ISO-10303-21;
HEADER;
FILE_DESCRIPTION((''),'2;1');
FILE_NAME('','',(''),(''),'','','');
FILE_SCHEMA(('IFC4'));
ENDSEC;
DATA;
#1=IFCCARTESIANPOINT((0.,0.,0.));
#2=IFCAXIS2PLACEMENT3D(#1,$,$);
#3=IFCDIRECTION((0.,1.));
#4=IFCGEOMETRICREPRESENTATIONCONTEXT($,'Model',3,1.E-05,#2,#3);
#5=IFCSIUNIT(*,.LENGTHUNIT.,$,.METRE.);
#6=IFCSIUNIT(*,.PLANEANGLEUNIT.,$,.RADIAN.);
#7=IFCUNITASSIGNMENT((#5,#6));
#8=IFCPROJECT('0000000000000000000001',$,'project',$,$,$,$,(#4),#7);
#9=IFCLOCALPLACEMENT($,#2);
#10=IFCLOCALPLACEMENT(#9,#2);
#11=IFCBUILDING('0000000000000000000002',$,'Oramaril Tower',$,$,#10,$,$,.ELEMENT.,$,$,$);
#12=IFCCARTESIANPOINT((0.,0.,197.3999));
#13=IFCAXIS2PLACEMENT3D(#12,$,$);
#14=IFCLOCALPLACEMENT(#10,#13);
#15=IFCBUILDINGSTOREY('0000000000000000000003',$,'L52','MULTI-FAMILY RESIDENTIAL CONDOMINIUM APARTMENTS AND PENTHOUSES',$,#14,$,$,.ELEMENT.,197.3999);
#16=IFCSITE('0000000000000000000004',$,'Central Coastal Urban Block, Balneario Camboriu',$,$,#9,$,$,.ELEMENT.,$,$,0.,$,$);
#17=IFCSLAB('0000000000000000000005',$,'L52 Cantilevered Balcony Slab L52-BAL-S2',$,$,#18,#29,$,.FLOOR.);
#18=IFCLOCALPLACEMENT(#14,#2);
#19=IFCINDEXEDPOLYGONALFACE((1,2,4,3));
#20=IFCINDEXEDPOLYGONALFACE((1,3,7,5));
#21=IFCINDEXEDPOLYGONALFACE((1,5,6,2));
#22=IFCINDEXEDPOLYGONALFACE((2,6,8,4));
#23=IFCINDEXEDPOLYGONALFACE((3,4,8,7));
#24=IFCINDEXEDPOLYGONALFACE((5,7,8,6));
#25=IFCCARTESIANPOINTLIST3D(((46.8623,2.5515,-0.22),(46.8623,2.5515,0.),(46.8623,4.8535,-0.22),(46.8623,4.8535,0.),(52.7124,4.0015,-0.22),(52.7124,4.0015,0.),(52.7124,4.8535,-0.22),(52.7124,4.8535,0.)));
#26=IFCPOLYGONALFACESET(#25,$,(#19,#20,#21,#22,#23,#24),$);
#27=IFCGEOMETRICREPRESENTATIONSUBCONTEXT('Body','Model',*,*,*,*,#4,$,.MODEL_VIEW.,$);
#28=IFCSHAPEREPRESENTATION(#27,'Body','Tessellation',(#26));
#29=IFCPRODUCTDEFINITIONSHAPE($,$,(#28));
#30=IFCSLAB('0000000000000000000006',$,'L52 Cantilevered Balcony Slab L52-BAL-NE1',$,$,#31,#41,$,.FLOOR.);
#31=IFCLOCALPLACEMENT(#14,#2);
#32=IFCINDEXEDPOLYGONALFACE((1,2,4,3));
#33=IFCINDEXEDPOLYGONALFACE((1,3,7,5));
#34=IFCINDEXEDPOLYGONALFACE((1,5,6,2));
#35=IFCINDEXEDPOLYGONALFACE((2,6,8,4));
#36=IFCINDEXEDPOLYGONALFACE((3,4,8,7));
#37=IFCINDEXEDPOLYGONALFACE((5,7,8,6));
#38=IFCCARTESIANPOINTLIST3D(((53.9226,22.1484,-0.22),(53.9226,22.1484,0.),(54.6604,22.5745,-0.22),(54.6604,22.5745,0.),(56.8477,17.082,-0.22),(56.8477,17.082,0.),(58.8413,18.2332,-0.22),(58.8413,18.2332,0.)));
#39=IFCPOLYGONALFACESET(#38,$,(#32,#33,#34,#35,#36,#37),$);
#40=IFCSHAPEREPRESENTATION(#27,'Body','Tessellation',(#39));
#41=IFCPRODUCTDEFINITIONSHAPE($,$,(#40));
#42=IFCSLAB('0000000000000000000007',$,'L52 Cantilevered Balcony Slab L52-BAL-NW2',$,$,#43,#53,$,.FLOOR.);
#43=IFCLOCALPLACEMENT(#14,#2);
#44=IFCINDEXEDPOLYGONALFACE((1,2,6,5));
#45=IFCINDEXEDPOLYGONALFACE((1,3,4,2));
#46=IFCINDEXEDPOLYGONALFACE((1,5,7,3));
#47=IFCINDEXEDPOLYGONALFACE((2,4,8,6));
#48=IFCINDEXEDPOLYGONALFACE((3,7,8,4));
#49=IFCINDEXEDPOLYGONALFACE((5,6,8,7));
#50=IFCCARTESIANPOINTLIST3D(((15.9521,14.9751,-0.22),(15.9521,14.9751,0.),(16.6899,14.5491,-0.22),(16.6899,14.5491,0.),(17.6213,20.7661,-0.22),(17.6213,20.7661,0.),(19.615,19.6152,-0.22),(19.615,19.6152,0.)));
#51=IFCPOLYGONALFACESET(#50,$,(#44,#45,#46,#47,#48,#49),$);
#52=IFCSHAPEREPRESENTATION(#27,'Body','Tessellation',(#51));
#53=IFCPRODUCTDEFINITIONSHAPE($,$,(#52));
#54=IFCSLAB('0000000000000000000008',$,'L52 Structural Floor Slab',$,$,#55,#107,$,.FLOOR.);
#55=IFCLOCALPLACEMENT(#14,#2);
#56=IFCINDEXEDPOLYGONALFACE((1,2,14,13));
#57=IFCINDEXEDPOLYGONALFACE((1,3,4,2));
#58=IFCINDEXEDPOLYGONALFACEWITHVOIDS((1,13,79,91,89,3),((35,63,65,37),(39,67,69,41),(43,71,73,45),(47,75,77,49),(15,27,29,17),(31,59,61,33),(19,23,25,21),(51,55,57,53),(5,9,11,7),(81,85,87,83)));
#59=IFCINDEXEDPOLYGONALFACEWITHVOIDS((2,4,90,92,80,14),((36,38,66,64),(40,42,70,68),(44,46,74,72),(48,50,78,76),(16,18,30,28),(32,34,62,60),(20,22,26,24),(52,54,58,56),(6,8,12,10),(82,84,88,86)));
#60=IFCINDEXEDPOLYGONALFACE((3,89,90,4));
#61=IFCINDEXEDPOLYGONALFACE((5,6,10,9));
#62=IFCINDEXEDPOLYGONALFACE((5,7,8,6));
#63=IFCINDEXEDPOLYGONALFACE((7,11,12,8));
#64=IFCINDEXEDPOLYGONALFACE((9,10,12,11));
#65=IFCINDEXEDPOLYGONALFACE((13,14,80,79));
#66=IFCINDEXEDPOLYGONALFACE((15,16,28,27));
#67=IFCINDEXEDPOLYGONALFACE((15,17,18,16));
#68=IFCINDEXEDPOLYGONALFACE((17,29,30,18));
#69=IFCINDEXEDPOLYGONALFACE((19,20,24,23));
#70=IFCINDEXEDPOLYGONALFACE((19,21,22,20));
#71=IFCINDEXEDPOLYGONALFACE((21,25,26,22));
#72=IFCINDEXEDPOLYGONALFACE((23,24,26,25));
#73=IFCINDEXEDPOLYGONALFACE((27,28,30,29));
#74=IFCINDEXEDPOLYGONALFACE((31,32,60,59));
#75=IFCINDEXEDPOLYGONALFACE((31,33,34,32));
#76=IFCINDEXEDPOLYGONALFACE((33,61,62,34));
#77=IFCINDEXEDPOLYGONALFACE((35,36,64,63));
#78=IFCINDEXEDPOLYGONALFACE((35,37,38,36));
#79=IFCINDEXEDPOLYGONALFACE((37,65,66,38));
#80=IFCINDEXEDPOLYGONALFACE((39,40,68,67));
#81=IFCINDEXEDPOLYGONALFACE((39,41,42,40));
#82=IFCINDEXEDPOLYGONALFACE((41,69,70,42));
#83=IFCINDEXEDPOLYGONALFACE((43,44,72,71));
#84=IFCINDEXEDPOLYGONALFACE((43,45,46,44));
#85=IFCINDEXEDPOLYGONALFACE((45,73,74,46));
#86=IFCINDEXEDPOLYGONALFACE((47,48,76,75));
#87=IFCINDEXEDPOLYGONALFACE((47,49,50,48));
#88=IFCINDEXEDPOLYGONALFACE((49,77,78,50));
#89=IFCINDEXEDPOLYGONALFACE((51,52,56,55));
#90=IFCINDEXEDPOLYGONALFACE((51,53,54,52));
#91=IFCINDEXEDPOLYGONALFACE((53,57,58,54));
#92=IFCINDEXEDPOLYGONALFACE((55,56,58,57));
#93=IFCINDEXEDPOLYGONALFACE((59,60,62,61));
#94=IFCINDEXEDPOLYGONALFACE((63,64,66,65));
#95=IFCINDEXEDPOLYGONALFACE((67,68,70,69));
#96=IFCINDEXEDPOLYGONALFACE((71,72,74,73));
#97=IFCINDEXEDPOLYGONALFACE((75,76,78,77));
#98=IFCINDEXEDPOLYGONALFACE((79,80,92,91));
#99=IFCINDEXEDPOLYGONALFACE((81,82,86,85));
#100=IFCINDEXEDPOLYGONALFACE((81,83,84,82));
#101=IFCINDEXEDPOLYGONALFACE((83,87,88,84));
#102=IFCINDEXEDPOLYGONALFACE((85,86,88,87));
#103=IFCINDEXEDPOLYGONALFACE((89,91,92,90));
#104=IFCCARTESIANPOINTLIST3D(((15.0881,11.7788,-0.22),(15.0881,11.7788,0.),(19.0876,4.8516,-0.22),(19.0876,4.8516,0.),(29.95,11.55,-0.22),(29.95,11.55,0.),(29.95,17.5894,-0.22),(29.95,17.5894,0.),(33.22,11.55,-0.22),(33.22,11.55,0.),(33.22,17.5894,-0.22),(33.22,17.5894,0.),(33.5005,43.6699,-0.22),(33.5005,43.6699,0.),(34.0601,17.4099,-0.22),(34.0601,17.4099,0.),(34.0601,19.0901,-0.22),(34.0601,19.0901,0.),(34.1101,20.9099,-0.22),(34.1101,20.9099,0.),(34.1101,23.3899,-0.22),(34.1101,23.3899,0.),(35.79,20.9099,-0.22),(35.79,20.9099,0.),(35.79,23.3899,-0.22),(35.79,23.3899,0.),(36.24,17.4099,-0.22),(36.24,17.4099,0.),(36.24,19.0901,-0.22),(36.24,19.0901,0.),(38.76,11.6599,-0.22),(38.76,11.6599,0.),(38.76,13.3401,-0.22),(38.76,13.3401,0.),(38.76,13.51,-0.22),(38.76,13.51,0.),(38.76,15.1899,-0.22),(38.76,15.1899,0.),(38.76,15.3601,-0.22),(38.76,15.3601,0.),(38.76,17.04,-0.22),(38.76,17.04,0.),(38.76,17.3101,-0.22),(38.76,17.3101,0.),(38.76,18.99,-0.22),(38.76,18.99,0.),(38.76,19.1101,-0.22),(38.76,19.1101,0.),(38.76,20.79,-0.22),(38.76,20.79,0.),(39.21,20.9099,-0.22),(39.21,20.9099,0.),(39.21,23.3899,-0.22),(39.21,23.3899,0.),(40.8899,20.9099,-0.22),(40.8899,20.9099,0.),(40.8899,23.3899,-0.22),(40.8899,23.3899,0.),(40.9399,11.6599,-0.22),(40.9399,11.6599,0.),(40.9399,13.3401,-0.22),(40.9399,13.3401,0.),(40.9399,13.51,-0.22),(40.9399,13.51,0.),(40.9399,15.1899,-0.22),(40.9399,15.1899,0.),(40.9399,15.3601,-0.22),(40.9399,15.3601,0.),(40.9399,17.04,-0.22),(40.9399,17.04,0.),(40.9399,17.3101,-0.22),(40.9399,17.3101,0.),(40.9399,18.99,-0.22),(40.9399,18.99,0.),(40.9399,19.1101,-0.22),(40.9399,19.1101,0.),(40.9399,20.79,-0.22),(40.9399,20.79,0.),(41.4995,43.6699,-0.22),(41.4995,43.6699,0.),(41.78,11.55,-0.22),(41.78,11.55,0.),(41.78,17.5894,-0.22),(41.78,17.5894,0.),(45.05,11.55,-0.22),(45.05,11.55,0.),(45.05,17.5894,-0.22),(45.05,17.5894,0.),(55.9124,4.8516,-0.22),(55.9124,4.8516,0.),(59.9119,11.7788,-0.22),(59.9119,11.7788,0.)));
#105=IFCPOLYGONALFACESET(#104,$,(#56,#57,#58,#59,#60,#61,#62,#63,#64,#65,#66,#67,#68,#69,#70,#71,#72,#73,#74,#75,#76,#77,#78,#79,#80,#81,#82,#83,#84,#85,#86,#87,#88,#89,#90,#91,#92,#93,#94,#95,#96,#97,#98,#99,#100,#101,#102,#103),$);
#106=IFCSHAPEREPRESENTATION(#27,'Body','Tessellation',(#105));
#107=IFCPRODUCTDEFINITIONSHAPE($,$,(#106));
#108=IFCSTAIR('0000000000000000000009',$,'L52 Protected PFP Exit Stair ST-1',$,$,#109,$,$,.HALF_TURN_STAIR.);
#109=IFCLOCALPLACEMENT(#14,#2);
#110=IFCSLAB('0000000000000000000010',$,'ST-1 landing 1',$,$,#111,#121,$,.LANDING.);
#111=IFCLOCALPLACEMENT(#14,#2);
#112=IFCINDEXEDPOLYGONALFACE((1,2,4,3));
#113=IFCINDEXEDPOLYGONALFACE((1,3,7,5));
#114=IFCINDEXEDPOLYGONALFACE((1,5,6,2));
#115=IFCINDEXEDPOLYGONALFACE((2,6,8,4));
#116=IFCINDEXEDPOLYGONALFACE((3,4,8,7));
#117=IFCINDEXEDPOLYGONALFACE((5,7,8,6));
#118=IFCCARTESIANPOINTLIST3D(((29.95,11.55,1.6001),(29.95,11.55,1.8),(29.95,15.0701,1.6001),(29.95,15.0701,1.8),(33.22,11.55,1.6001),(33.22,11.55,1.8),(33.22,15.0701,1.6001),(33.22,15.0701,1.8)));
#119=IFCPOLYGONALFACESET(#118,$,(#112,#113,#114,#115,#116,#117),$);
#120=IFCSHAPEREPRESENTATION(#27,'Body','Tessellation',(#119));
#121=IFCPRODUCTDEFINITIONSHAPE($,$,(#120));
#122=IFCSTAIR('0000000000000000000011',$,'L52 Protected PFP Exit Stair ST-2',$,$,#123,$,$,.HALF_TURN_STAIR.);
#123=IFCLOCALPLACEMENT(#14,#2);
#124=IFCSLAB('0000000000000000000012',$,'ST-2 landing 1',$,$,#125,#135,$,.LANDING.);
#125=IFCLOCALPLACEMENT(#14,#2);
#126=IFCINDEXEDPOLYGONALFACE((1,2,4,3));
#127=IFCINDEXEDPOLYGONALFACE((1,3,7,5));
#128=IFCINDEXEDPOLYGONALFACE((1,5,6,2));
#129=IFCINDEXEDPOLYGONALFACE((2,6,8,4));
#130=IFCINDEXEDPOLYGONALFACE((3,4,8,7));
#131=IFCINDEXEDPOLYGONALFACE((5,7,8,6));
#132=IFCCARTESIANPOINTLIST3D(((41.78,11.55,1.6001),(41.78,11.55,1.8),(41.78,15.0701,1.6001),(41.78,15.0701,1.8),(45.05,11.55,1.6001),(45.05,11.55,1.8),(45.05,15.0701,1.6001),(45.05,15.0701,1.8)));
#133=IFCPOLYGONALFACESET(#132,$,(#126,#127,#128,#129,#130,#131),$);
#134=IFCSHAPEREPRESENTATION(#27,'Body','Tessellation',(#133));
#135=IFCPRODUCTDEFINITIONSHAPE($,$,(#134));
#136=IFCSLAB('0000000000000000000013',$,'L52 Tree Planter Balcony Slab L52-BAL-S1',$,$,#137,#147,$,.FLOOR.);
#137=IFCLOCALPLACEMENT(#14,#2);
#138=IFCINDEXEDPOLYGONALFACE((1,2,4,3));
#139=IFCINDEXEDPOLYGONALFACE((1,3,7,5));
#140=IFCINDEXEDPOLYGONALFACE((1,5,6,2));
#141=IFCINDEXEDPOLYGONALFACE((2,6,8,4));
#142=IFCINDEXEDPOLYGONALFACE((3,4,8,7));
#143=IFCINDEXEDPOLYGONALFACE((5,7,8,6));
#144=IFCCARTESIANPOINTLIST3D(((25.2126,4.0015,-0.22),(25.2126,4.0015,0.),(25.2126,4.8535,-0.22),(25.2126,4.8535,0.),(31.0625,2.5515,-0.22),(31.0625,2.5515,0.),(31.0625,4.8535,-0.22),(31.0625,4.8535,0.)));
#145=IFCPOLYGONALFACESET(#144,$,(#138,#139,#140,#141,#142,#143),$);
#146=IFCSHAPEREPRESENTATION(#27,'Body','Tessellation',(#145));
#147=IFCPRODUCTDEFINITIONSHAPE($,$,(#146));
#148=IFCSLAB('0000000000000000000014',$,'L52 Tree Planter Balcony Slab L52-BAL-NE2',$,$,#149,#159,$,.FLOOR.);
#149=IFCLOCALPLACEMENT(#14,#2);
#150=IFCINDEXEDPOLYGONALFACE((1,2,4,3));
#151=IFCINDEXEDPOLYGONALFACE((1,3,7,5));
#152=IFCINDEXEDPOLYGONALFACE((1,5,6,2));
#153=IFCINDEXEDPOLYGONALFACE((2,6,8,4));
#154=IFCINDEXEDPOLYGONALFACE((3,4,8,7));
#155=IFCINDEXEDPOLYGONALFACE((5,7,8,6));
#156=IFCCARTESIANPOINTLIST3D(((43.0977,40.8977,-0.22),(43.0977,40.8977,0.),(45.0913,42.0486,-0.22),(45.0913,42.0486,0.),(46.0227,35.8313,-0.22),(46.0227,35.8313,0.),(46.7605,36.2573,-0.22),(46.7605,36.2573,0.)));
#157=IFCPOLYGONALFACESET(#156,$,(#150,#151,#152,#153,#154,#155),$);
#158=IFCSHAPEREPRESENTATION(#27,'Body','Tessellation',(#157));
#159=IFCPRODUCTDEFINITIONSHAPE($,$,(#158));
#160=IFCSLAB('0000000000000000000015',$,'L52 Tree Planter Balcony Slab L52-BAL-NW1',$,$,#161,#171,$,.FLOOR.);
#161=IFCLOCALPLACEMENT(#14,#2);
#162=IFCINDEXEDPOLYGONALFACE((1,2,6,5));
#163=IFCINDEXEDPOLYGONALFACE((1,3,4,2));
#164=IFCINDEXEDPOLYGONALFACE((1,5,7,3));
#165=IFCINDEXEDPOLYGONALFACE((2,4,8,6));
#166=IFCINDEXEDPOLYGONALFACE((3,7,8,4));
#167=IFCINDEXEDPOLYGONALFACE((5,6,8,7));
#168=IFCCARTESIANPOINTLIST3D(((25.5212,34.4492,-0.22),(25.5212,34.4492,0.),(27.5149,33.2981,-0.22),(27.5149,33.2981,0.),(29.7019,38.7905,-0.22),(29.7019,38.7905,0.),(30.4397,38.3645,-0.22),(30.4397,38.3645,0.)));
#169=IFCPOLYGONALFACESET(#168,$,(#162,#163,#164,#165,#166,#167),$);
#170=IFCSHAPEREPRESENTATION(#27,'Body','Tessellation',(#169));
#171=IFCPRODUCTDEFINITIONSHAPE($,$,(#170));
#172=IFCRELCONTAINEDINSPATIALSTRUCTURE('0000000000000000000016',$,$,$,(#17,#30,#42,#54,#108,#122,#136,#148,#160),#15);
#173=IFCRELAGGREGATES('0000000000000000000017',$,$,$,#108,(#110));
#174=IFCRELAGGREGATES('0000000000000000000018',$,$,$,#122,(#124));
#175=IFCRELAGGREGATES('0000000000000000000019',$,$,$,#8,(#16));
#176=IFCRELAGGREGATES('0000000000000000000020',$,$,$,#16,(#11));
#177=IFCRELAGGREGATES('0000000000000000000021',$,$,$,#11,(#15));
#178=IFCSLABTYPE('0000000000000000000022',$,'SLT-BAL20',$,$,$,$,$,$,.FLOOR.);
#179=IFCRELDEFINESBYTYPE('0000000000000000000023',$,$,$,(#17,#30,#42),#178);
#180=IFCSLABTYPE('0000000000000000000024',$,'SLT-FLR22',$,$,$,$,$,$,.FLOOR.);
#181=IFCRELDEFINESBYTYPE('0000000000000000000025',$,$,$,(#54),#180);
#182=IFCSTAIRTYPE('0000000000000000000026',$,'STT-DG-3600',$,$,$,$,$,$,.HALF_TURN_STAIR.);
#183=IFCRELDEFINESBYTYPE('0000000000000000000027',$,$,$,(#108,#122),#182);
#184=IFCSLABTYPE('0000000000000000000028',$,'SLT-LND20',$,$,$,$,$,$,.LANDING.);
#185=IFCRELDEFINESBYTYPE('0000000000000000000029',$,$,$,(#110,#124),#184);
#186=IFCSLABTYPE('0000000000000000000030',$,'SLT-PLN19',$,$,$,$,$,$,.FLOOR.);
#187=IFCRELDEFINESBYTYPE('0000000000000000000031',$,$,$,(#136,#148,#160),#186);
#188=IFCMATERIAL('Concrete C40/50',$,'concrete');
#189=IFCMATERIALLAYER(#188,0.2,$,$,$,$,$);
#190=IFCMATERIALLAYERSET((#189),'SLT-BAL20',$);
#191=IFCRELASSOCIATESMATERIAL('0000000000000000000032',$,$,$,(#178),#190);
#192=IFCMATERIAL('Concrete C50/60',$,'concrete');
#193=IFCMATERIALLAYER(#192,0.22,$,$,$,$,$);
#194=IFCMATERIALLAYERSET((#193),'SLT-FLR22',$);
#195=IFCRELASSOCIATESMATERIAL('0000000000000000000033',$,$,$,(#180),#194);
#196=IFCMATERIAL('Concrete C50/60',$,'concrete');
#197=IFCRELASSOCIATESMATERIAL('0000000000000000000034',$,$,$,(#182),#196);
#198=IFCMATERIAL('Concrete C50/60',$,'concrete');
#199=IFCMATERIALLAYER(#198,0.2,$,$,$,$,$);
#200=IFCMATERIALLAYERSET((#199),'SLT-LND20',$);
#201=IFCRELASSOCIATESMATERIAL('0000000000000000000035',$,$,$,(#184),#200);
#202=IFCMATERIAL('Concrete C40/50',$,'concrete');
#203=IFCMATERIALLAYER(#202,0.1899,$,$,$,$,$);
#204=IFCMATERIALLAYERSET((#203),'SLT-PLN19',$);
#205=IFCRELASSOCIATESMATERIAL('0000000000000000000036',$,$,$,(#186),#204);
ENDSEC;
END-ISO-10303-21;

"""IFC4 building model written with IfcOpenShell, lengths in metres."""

from ifc_helpers import new_model, si_unit, direction, frame, origin, place, context, subcontext, project, spatial, polyline, outline, extrude, material, layer, layer_set, type_object, element, aggregate, save


model = new_model("IFC4")

# Units and contexts
model_context = context("Model", 3, precision=1e-05, world=origin(), true_north=direction((0.0, 1.0)))
body_context = subcontext(model_context, "Body", "Model", "MODEL_VIEW")
ifc_project = project(units=[si_unit("LENGTHUNIT", "METRE"), si_unit("PLANEANGLEUNIT", "RADIAN")], contexts=[model_context])

# Site, building, storey
site_placement = place(None, origin())
site = spatial("IfcSite", under=ifc_project, at=site_placement, Name="Central Coastal Urban Block, Balneario Camboriu", CompositionType="ELEMENT", RefElevation=0.0)
building_placement = place(site_placement, origin())
building = spatial("IfcBuilding", under=site, at=building_placement, Name="Oramaril Tower", CompositionType="ELEMENT")
storey_placement = place(building_placement, frame((0.0, 0.0, 197.3999)))
storey = spatial("IfcBuildingStorey", under=building, at=storey_placement, Name="L52", Description="MULTI-FAMILY RESIDENTIAL CONDOMINIUM APARTMENTS AND PENTHOUSES", CompositionType="ELEMENT", Elevation=197.3999)

# Slabs
ifc_material_1 = material(Name="Concrete C40/50", Category="concrete")
ifc_layer_1 = layer(ifc_material_1, 0.2)
ifc_layer_set_1 = layer_set([ifc_layer_1], Name="SLT-BAL20")
slab_type_1 = type_object("IfcSlabType", Name="SLT-BAL20", PredefinedType="FLOOR", material=ifc_layer_set_1)
slab_1_placement = place(storey_placement, frame((0.0, 0.0, -0.22)))
element("IfcSlab", 1, at=slab_1_placement, inside=storey, type_object=slab_type_1, Name="L52 Cantilevered Balcony Slab L52-BAL-S2", PredefinedType="FLOOR", context=body_context, shape_type="SweptSolid", body=[
    extrude(outline(polyline([(46.8623, 4.8535), (52.7124, 4.8535), (52.7124, 4.0015), (46.8623, 2.5515), (46.8623, 4.8535)])), origin(), (0.0, 0.0, 1.0), 0.22),
])
slab_2_placement = place(storey_placement, frame((0.0, 0.0, -0.22)))
element("IfcSlab", 2, at=slab_2_placement, inside=storey, type_object=slab_type_1, Name="L52 Cantilevered Balcony Slab L52-BAL-NE1", PredefinedType="FLOOR", context=body_context, shape_type="SweptSolid", body=[
    extrude(outline(polyline([(56.8477, 17.082), (53.9226, 22.1484), (54.6604, 22.5745), (58.8413, 18.2332), (56.8477, 17.082)])), origin(), (0.0, 0.0, 1.0), 0.22),
])
slab_3_placement = place(storey_placement, frame((0.0, 0.0, -0.22)))
element("IfcSlab", 3, at=slab_3_placement, inside=storey, type_object=slab_type_1, Name="L52 Cantilevered Balcony Slab L52-BAL-NW2", PredefinedType="FLOOR", context=body_context, shape_type="SweptSolid", body=[
    extrude(outline(polyline([(19.615, 19.6152), (16.6899, 14.5491), (15.9521, 14.9751), (17.6213, 20.7661), (19.615, 19.6152)])), origin(), (0.0, 0.0, 1.0), 0.22),
])
ifc_material_2 = material(Name="Concrete C50/60", Category="concrete")
ifc_layer_2 = layer(ifc_material_2, 0.22)
ifc_layer_set_2 = layer_set([ifc_layer_2], Name="SLT-FLR22")
slab_type_2 = type_object("IfcSlabType", Name="SLT-FLR22", PredefinedType="FLOOR", material=ifc_layer_set_2)
slab_4_placement = place(storey_placement, frame((0.0, 0.0, -0.22)))
element("IfcSlab", 4, at=slab_4_placement, inside=storey, type_object=slab_type_2, Name="L52 Structural Floor Slab", PredefinedType="FLOOR", context=body_context, shape_type="SweptSolid", body=[
    extrude(outline(polyline([(15.0881, 11.7788), (19.0876, 4.8516), (55.9124, 4.8516), (59.9119, 11.7788), (41.4995, 43.6699), (33.5005, 43.6699), (15.0881, 11.7788)]), holes=[polyline([(29.95, 17.5894), (29.95, 11.55), (33.22, 11.55), (33.22, 17.5894), (29.95, 17.5894)]), polyline([(41.78, 17.5894), (41.78, 11.55), (45.05, 11.55), (45.05, 17.5894), (41.78, 17.5894)]), polyline([(34.1101, 20.9099), (35.79, 20.9099), (35.79, 23.3899), (34.1101, 23.3899), (34.1101, 20.9099)]), polyline([(39.21, 20.9099), (40.8899, 20.9099), (40.8899, 23.3899), (39.21, 23.3899), (39.21, 20.9099)]), polyline([(38.76, 11.6599), (40.9399, 11.6599), (40.9399, 13.3401), (38.76, 13.3401), (38.76, 11.6599)]), polyline([(38.76, 13.51), (40.9399, 13.51), (40.9399, 15.1899), (38.76, 15.1899), (38.76, 13.51)]), polyline([(38.76, 15.3601), (40.9399, 15.3601), (40.9399, 17.04), (38.76, 17.04), (38.76, 15.3601)]), polyline([(34.0601, 17.4099), (36.24, 17.4099), (36.24, 19.0901), (34.0601, 19.0901), (34.0601, 17.4099)]), polyline([(38.76, 17.3101), (40.9399, 17.3101), (40.9399, 18.99), (38.76, 18.99), (38.76, 17.3101)]), polyline([(38.76, 19.1101), (40.9399, 19.1101), (40.9399, 20.79), (38.76, 20.79), (38.76, 19.1101)])]), origin(), (0.0, 0.0, 1.0), 0.22),
])

# Stairs, slabs
ifc_material_3 = material(Name="Concrete C50/60", Category="concrete")
stair_type = type_object("IfcStairType", Name="STT-DG-3600", PredefinedType="HALF_TURN_STAIR", material=ifc_material_3)
stair_1_placement = place(storey_placement, origin())
stair_1 = element("IfcStair", 5, at=stair_1_placement, inside=storey, type_object=stair_type, Name="L52 Protected PFP Exit Stair ST-1", PredefinedType="HALF_TURN_STAIR")
ifc_material_4 = material(Name="Concrete C50/60", Category="concrete")
ifc_layer_3 = layer(ifc_material_4, 0.2)
ifc_layer_set_3 = layer_set([ifc_layer_3], Name="SLT-LND20")
slab_type_3 = type_object("IfcSlabType", Name="SLT-LND20", PredefinedType="LANDING", material=ifc_layer_set_3)
slab_5_placement = place(storey_placement, frame((0.0, 0.0, 1.6001)))
slab_5 = element("IfcSlab", 6, at=slab_5_placement, type_object=slab_type_3, Name="ST-1 landing 1", PredefinedType="LANDING", context=body_context, shape_type="SweptSolid", body=[
    extrude(outline(polyline([(29.95, 15.0701), (29.95, 11.55), (33.22, 11.55), (33.22, 15.0701), (29.95, 15.0701)])), origin(), (0.0, 0.0, 1.0), 0.2),
])
aggregate(stair_1, [slab_5])
stair_2_placement = place(storey_placement, origin())
stair_2 = element("IfcStair", 7, at=stair_2_placement, inside=storey, type_object=stair_type, Name="L52 Protected PFP Exit Stair ST-2", PredefinedType="HALF_TURN_STAIR")
slab_6_placement = place(storey_placement, frame((0.0, 0.0, 1.6001)))
slab_6 = element("IfcSlab", 8, at=slab_6_placement, type_object=slab_type_3, Name="ST-2 landing 1", PredefinedType="LANDING", context=body_context, shape_type="SweptSolid", body=[
    extrude(outline(polyline([(41.78, 15.0701), (41.78, 11.55), (45.05, 11.55), (45.05, 15.0701), (41.78, 15.0701)])), origin(), (0.0, 0.0, 1.0), 0.2),
])
aggregate(stair_2, [slab_6])

# Slabs
ifc_material_5 = material(Name="Concrete C40/50", Category="concrete")
ifc_layer_4 = layer(ifc_material_5, 0.1899)
ifc_layer_set_4 = layer_set([ifc_layer_4], Name="SLT-PLN19")
slab_type_4 = type_object("IfcSlabType", Name="SLT-PLN19", PredefinedType="FLOOR", material=ifc_layer_set_4)
slab_7_placement = place(storey_placement, frame((0.0, 0.0, -0.22)))
element("IfcSlab", 9, at=slab_7_placement, inside=storey, type_object=slab_type_4, Name="L52 Tree Planter Balcony Slab L52-BAL-S1", PredefinedType="FLOOR", context=body_context, shape_type="SweptSolid", body=[
    extrude(outline(polyline([(25.2126, 4.8535), (31.0625, 4.8535), (31.0625, 2.5515), (25.2126, 4.0015), (25.2126, 4.8535)])), origin(), (0.0, 0.0, 1.0), 0.22),
])
slab_8_placement = place(storey_placement, frame((0.0, 0.0, -0.22)))
element("IfcSlab", 10, at=slab_8_placement, inside=storey, type_object=slab_type_4, Name="L52 Tree Planter Balcony Slab L52-BAL-NE2", PredefinedType="FLOOR", context=body_context, shape_type="SweptSolid", body=[
    extrude(outline(polyline([(46.0227, 35.8313), (43.0977, 40.8977), (45.0913, 42.0486), (46.7605, 36.2573), (46.0227, 35.8313)])), origin(), (0.0, 0.0, 1.0), 0.22),
])
slab_9_placement = place(storey_placement, frame((0.0, 0.0, -0.22)))
element("IfcSlab", 11, at=slab_9_placement, inside=storey, type_object=slab_type_4, Name="L52 Tree Planter Balcony Slab L52-BAL-NW1", PredefinedType="FLOOR", context=body_context, shape_type="SweptSolid", body=[
    extrude(outline(polyline([(30.4397, 38.3645), (27.5149, 33.2981), (25.5212, 34.4492), (29.7019, 38.7905), (30.4397, 38.3645)])), origin(), (0.0, 0.0, 1.0), 0.22),
])

save(model, "model.ifc")
